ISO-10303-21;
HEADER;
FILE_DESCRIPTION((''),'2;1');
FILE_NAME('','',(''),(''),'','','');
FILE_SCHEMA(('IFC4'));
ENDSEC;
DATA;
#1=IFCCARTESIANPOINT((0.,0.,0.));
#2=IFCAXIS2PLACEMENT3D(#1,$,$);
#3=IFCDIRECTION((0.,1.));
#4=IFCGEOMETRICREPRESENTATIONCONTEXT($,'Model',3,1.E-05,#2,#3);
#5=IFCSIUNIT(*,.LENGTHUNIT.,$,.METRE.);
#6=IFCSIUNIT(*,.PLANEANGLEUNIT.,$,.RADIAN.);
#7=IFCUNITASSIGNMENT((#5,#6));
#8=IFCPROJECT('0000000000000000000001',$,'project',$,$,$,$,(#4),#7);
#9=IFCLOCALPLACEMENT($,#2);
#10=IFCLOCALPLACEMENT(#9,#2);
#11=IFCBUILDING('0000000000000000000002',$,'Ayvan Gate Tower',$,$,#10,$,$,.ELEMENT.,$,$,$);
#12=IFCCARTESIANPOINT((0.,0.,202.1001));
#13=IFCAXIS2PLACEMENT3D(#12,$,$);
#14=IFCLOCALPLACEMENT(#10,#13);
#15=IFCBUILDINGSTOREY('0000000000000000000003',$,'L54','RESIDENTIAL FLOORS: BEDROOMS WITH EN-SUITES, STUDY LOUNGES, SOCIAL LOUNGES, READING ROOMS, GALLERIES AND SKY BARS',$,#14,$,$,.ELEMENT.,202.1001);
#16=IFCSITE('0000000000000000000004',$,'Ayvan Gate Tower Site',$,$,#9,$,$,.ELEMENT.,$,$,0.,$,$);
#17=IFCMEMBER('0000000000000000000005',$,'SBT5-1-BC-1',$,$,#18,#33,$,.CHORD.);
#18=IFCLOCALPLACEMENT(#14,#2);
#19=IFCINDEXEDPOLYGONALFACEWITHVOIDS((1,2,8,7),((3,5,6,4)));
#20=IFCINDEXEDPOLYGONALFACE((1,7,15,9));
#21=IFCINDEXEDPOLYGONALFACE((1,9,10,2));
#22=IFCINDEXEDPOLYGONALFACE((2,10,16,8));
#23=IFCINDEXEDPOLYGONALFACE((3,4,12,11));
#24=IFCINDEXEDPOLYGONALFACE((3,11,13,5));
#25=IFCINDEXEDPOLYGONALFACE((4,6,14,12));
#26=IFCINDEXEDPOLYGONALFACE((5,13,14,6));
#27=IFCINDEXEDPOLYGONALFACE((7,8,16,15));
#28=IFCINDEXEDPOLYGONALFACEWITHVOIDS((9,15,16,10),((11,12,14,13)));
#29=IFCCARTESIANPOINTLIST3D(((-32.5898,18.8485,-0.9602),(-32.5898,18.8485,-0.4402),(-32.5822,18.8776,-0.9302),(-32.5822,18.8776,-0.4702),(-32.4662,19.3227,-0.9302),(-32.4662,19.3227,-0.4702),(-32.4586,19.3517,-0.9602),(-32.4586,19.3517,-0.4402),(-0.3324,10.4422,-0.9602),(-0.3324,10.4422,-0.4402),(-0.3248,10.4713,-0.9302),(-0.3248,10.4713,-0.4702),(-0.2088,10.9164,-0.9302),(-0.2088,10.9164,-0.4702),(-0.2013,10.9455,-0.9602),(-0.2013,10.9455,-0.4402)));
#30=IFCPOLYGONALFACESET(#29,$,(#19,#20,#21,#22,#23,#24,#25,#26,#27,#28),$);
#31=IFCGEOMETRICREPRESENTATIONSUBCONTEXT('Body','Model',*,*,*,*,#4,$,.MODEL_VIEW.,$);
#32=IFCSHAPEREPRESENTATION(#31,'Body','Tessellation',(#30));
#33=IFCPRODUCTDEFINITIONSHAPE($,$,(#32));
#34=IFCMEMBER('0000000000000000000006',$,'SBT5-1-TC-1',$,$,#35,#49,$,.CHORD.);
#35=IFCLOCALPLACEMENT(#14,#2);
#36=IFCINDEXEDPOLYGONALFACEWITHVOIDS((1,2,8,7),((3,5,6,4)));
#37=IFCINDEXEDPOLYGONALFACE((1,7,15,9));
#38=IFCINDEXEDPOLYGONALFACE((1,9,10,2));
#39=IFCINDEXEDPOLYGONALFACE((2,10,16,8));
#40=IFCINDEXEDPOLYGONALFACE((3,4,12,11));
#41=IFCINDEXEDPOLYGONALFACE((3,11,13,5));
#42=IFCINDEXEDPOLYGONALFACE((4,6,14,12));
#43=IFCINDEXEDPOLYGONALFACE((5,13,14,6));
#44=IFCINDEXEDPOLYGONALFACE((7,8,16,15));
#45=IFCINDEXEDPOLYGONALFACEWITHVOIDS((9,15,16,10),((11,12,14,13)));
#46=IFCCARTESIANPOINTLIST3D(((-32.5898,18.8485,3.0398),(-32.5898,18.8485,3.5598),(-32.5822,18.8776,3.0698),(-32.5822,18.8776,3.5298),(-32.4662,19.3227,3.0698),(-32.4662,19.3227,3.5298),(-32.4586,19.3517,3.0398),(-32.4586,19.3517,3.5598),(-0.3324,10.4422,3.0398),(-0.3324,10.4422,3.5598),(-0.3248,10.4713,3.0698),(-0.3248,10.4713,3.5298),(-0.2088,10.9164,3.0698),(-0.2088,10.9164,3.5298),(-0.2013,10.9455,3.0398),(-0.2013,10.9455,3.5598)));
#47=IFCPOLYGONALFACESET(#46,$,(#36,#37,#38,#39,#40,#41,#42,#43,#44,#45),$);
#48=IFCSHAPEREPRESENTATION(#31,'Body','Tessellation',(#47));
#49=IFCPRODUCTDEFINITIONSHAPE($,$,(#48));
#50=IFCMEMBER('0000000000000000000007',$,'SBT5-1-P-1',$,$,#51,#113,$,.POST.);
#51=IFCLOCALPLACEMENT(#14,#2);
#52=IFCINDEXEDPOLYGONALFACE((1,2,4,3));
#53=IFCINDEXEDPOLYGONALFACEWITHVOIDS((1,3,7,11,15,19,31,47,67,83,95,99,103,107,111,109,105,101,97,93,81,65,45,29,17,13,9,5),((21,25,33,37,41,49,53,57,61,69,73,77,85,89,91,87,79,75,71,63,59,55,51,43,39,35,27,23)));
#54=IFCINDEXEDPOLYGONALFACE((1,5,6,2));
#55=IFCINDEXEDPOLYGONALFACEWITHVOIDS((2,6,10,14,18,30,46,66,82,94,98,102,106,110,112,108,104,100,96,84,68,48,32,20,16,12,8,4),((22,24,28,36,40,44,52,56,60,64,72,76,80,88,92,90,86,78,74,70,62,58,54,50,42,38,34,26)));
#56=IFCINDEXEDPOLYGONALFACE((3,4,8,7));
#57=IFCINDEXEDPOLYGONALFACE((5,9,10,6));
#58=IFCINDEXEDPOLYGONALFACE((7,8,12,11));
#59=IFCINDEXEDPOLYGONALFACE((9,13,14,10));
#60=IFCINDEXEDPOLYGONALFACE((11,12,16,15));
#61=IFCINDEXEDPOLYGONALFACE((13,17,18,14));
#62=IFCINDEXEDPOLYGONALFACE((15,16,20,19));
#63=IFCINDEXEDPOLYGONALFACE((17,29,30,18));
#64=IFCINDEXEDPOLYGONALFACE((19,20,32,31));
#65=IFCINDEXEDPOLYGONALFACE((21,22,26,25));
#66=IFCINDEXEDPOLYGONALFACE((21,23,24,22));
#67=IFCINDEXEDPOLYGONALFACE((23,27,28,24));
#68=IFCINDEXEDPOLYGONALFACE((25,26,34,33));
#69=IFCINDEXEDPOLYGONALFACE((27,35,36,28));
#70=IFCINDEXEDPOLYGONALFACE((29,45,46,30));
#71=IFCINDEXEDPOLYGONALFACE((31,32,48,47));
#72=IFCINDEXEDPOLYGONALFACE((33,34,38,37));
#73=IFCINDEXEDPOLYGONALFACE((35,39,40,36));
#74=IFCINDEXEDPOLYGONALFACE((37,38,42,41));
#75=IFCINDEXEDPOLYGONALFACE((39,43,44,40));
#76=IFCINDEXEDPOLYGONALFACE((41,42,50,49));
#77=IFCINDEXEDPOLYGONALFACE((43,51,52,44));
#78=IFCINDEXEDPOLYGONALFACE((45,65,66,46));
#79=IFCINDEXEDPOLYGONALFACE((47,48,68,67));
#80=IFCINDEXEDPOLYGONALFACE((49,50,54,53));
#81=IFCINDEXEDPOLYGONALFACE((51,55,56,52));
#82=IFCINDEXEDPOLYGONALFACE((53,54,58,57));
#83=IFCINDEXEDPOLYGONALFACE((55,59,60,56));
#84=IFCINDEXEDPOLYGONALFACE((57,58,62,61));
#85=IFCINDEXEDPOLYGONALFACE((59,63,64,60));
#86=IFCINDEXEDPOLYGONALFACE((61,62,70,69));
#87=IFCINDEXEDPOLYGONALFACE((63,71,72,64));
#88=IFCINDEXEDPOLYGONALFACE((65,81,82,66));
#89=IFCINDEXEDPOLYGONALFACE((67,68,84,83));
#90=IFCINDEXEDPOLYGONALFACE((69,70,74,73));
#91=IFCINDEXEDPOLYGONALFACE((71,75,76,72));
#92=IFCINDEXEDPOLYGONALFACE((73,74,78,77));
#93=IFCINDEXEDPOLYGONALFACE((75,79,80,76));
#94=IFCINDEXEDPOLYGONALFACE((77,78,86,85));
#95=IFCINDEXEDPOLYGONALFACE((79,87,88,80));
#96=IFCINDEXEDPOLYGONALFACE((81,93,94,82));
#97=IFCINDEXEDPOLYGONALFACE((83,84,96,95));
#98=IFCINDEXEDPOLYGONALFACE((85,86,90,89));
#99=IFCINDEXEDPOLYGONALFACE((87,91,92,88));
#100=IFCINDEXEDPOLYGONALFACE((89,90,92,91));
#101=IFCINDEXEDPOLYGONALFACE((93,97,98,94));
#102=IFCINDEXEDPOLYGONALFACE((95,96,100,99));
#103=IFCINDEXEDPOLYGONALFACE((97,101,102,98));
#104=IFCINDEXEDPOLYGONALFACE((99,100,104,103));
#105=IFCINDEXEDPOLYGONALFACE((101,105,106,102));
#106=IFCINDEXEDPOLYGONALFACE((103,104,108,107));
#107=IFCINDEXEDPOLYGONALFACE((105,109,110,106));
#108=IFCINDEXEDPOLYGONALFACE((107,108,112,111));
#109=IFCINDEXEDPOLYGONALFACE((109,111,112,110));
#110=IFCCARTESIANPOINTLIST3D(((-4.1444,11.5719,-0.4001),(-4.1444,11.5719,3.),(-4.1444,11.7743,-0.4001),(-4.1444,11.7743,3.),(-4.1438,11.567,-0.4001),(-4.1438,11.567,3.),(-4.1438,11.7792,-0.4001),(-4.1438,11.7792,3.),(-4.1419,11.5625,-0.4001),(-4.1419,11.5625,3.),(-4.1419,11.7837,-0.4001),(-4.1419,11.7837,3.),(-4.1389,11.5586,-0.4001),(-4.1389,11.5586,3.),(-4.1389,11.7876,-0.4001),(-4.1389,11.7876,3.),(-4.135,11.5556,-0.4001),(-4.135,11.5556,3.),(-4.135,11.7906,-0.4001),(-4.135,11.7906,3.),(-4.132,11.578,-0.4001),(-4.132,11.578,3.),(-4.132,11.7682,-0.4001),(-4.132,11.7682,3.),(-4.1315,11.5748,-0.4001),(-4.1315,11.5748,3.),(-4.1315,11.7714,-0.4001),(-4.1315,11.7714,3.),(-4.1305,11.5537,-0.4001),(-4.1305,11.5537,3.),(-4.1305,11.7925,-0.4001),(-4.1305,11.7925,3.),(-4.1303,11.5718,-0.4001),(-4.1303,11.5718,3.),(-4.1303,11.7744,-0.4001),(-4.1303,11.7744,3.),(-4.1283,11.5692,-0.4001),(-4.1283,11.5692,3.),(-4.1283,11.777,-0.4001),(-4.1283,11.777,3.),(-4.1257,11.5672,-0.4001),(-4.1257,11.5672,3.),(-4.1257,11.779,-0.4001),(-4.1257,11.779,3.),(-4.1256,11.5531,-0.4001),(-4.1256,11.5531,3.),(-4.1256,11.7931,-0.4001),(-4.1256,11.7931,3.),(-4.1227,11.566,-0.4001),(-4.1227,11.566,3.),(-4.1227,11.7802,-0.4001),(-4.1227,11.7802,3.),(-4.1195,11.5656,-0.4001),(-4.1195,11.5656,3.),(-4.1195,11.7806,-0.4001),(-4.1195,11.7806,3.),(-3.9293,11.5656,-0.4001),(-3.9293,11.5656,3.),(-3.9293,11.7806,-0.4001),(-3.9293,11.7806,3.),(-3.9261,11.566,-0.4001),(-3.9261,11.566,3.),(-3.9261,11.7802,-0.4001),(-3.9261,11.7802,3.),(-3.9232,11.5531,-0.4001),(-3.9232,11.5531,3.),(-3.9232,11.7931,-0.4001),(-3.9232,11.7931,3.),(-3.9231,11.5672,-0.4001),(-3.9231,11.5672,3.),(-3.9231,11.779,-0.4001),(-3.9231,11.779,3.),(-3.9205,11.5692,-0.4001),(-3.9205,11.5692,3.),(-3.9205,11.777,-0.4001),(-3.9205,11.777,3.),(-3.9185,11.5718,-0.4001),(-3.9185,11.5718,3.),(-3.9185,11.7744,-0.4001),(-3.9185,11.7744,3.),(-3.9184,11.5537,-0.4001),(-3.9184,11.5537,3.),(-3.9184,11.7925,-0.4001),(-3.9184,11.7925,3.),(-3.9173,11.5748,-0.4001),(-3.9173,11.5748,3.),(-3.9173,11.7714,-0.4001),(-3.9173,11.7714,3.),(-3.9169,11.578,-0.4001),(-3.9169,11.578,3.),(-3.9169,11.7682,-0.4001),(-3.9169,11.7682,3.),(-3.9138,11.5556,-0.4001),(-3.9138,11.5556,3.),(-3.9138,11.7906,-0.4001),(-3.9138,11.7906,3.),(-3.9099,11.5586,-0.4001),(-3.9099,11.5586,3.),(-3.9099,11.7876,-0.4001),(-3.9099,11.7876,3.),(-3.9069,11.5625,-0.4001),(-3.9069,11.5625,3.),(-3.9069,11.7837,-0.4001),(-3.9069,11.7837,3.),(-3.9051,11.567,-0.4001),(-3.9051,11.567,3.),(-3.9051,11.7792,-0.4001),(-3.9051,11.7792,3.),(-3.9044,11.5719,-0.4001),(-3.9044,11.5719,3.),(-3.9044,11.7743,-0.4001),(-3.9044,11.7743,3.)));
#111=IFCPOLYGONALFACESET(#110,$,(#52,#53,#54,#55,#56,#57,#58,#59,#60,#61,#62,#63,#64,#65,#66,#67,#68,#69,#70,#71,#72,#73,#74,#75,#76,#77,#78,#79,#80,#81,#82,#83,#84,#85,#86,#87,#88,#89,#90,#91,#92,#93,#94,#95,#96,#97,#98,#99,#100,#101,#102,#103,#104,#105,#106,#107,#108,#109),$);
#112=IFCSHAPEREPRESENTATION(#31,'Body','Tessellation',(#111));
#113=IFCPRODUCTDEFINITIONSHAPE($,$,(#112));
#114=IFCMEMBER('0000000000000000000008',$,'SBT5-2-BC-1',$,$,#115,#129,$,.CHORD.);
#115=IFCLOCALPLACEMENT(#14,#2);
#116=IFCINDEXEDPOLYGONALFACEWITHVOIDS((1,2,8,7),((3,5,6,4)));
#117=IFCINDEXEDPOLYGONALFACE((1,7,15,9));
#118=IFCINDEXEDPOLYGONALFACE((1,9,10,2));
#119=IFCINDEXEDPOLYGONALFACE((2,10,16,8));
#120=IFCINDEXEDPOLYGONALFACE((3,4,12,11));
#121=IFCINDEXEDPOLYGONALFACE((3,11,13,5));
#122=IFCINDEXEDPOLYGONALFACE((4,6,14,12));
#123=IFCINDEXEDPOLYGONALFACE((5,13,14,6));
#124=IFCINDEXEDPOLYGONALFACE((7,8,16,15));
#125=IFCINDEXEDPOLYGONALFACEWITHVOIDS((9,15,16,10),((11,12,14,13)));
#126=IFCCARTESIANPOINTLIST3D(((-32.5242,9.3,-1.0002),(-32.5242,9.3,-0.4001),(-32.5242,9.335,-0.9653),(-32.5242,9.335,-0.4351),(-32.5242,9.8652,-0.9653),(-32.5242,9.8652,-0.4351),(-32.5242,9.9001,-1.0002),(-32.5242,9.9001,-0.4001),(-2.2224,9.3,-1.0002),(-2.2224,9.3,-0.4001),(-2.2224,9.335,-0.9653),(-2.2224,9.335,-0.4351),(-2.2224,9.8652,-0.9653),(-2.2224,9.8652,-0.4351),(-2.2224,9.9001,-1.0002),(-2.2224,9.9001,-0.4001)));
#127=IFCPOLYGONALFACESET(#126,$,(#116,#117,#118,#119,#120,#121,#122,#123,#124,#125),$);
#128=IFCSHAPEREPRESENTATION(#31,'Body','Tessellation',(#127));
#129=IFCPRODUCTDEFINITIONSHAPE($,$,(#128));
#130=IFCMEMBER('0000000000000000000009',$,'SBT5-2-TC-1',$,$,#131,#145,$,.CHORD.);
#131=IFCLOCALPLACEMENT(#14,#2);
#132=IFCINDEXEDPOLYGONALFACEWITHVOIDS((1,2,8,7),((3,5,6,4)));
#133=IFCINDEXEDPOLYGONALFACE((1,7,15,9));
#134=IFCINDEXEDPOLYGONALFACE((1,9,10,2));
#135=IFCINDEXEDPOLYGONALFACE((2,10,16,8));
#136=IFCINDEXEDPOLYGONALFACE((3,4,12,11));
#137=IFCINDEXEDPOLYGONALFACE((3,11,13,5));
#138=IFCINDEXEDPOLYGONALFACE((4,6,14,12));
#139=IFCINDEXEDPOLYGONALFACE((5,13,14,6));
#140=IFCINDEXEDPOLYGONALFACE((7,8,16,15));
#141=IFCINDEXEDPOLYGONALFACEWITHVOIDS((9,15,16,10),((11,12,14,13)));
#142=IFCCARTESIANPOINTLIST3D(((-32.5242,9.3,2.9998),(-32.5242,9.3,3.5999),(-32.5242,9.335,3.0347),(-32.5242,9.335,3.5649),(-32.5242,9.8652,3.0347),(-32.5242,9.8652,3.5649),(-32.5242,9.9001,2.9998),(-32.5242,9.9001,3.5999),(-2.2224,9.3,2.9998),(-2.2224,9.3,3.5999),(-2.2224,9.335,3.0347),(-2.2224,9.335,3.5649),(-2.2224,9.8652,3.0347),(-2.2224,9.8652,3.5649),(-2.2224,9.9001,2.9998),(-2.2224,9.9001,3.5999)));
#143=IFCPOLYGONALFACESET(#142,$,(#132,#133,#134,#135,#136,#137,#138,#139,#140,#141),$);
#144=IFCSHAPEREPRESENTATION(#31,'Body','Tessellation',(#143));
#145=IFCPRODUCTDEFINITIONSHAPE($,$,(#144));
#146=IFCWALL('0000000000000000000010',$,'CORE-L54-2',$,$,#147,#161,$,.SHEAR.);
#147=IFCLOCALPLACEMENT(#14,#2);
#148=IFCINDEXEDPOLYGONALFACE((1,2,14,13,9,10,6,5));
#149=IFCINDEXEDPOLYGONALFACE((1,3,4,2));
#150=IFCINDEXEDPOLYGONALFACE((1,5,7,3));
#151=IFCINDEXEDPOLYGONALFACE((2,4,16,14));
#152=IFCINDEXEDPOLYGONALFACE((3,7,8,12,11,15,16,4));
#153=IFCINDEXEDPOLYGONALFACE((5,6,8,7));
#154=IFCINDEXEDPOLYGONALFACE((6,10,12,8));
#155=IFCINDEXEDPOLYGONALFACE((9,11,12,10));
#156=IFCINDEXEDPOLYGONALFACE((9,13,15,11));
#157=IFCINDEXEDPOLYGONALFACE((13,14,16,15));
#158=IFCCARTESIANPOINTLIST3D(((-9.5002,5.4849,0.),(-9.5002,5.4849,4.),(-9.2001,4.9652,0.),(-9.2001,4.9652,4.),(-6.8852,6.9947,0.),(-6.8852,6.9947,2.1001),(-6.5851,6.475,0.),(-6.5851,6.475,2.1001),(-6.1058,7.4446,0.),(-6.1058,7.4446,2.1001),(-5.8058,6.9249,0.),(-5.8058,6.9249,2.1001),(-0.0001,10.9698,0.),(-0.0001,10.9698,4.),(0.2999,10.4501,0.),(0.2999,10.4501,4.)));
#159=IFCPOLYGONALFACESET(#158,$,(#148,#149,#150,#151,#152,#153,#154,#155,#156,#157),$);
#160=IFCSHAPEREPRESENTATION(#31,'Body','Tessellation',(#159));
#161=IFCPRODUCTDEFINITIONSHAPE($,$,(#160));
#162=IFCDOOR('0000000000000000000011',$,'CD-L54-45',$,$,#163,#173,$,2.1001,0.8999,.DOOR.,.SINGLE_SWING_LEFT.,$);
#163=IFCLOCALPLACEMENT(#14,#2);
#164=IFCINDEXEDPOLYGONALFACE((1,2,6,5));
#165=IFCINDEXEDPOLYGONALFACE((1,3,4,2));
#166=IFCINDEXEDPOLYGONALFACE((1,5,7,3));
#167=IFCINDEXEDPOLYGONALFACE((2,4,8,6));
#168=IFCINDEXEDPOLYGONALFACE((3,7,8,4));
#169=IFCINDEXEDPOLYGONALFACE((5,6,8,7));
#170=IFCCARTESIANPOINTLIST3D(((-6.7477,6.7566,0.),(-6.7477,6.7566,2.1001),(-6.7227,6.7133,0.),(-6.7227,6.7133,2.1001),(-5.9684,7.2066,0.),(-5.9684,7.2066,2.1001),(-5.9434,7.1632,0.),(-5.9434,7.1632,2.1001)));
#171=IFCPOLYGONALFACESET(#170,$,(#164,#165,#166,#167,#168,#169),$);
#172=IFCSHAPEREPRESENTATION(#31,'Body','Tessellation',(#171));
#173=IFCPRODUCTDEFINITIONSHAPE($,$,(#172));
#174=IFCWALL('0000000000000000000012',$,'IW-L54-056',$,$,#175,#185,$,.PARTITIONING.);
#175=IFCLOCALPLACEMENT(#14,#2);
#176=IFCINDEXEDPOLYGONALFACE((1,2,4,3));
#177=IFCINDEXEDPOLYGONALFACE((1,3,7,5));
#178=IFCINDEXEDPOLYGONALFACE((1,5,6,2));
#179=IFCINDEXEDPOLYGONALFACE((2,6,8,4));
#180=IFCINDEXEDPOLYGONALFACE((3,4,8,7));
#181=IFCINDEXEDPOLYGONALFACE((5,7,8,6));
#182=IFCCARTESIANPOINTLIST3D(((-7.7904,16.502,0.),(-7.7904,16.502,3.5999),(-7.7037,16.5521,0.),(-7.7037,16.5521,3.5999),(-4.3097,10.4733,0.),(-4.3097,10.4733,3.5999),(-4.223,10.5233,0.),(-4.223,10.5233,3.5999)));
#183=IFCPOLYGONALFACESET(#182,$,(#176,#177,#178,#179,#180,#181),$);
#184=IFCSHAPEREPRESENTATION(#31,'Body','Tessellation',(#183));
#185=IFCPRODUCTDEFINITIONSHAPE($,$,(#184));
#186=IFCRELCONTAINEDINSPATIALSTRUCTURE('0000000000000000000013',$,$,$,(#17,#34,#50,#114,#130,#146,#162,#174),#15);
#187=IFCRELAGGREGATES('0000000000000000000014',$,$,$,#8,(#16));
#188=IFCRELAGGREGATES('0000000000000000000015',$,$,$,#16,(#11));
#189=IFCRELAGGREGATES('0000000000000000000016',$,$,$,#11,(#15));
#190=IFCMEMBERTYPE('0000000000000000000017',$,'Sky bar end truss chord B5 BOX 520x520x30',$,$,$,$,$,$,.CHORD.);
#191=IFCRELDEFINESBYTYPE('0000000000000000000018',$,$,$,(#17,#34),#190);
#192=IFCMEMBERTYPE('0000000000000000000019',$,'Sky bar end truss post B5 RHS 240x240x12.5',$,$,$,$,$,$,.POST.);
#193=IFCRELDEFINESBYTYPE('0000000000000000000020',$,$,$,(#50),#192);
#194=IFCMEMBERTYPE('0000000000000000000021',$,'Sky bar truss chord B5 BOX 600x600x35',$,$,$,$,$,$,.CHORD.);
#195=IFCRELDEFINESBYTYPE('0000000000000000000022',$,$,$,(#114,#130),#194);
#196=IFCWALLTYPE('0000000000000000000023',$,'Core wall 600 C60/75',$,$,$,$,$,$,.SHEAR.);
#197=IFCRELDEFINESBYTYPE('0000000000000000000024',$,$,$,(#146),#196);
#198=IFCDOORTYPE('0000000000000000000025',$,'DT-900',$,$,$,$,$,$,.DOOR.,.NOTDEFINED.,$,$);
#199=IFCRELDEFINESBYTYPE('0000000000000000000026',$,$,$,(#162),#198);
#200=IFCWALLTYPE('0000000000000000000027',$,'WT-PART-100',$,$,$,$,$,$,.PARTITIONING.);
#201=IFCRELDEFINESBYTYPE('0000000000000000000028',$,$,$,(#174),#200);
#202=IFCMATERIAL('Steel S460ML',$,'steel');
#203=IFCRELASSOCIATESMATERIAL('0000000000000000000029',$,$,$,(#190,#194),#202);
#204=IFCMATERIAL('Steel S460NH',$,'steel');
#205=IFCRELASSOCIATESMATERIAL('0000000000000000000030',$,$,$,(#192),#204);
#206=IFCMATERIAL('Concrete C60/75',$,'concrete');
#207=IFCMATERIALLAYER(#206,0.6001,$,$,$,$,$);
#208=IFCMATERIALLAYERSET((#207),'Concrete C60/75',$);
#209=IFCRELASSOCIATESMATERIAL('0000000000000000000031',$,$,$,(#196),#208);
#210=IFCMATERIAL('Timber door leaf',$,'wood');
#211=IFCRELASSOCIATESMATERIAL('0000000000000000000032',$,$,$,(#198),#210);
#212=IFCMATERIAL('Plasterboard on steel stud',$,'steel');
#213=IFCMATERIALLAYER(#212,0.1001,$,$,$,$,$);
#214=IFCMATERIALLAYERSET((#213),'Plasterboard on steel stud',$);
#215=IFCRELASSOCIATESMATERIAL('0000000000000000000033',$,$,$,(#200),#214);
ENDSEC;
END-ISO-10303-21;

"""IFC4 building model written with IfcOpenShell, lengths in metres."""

from ifc_helpers import new_model, si_unit, direction, frame, frame_2d, origin, origin_2d, place, context, subcontext, project, spatial, rectangle, hollow_rectangle, extrude, material, layer, layer_set, material_profile, profile_set, type_object, element, fill, save


model = new_model("IFC4")

# Units and contexts
model_context = context("Model", 3, precision=1e-05, world=origin(), true_north=direction((0.0, 1.0)))
body_context = subcontext(model_context, "Body", "Model", "MODEL_VIEW")
ifc_project = project(units=[si_unit("LENGTHUNIT", "METRE"), si_unit("PLANEANGLEUNIT", "RADIAN")], contexts=[model_context])

# Site, building, storey
site_placement = place(None, origin())
site = spatial("IfcSite", under=ifc_project, at=site_placement, Name="Ayvan Gate Tower Site", CompositionType="ELEMENT", RefElevation=0.0)
building_placement = place(site_placement, origin())
building = spatial("IfcBuilding", under=site, at=building_placement, Name="Ayvan Gate Tower", CompositionType="ELEMENT")
storey_placement = place(building_placement, frame((0.0, 0.0, 202.1001)))
storey = spatial("IfcBuildingStorey", under=building, at=storey_placement, Name="L54", Description="RESIDENTIAL FLOORS: BEDROOMS WITH EN-SUITES, STUDY LOUNGES, SOCIAL LOUNGES, READING ROOMS, GALLERIES AND SKY BARS", CompositionType="ELEMENT", Elevation=202.1001)

# Members
ifc_material_1 = material(Name="Steel S460ML", Category="steel")
ifc_material_profile_1 = material_profile(ifc_material_1, hollow_rectangle(XDim=0.52, YDim=0.52, WallThickness=0.03, at=origin_2d()), Name="BOX 520x520x30")
ifc_profile_set_1 = profile_set([ifc_material_profile_1], Name="Steel S460ML")
member_type_1 = type_object("IfcMemberType", Name="Sky bar end truss chord B5 BOX 520x520x30", PredefinedType="CHORD", material=ifc_profile_set_1)
for number, where, z_axis, x_axis, name in (
    (1, (-0.2668, 10.6938, -0.7002), (-0.967681, 0.252177, 0.0), (-0.252177, -0.967681, 0.0), "SBT5-1-BC-1"),
    (2, (-0.2668, 10.6938, 3.2998), (-0.967681, 0.252177, 0.0), (-0.252177, -0.967681, 0.0), "SBT5-1-TC-1"),
):
    element("IfcMember", number, at=place(storey_placement, frame(where, z_axis=z_axis, x_axis=x_axis)), inside=storey, type_object=member_type_1, Name=name, PredefinedType="CHORD", context=body_context, shape_type="SweptSolid", body=[
        extrude(hollow_rectangle(XDim=0.52, YDim=0.52, WallThickness=0.03, at=origin_2d()), origin(), (0.0, 0.0, 1.0), 33.3347),
    ])
ifc_material_2 = material(Name="Steel S460NH", Category="steel")
ifc_material_profile_2 = material_profile(ifc_material_2, hollow_rectangle(XDim=0.24, YDim=0.24, WallThickness=0.0125, InnerFilletRadius=0.0125, OuterFilletRadius=0.0188, at=origin_2d()), Name="RHS 240x240x12.5")
ifc_profile_set_2 = profile_set([ifc_material_profile_2], Name="Steel S460NH")
member_type_2 = type_object("IfcMemberType", Name="Sky bar end truss post B5 RHS 240x240x12.5", PredefinedType="POST", material=ifc_profile_set_2)
member_placement = place(storey_placement, frame((-4.0244, 11.6731, -0.4001), z_axis=(0.0, 0.0, 1.0), x_axis=(1.0, 0.0, 0.0)))
element("IfcMember", 3, at=member_placement, inside=storey, type_object=member_type_2, Name="SBT5-1-P-1", PredefinedType="POST", context=body_context, shape_type="SweptSolid", body=[
    extrude(hollow_rectangle(XDim=0.24, YDim=0.24, WallThickness=0.0125, InnerFilletRadius=0.0125, OuterFilletRadius=0.0188, at=origin_2d()), origin(), (0.0, 0.0, 1.0), 3.4001),
])
ifc_material_profile_3 = material_profile(ifc_material_1, hollow_rectangle(XDim=0.6001, YDim=0.6001, WallThickness=0.0349, at=origin_2d()), Name="BOX 600x600x35")
ifc_profile_set_3 = profile_set([ifc_material_profile_3], Name="Steel S460ML")
member_type_3 = type_object("IfcMemberType", Name="Sky bar truss chord B5 BOX 600x600x35", PredefinedType="CHORD", material=ifc_profile_set_3)
for number, where, z_axis, x_axis, name in (
    (4, (-2.2224, 9.6001, -0.7002), (-1.0, 0.0, 0.0), (0.0, -1.0, 0.0), "SBT5-2-BC-1"),
    (5, (-2.2224, 9.6001, 3.2998), (-1.0, 0.0, 0.0), (0.0, -1.0, 0.0), "SBT5-2-TC-1"),
):
    element("IfcMember", number, at=place(storey_placement, frame(where, z_axis=z_axis, x_axis=x_axis)), inside=storey, type_object=member_type_3, Name=name, PredefinedType="CHORD", context=body_context, shape_type="SweptSolid", body=[
        extrude(hollow_rectangle(XDim=0.6001, YDim=0.6001, WallThickness=0.0349, at=origin_2d()), origin(), (0.0, 0.0, 1.0), 30.3018),
    ])

# Wall, opening, door
ifc_material_3 = material(Name="Concrete C60/75", Category="concrete")
ifc_layer_1 = layer(ifc_material_3, 0.6001)
ifc_layer_set_1 = layer_set([ifc_layer_1], Name="Concrete C60/75")
wall_type_1 = type_object("IfcWallType", Name="Core wall 600 C60/75", PredefinedType="SHEAR", material=ifc_layer_set_1)
wall_1_placement = place(storey_placement, frame((0.1499, 10.71, 0.0), z_axis=(0.0, 0.0, 1.0), x_axis=(-0.866024, -0.500002, 0.0)))
wall_1 = element("IfcWall", 6, at=wall_1_placement, inside=storey, type_object=wall_type_1, Name="CORE-L54-2", PredefinedType="SHEAR", context=body_context, shape_type="SweptSolid", body=[
    extrude(rectangle(XDim=10.9697, YDim=0.6001, at=frame_2d((5.4849, 0.0))), origin(), (0.0, 0.0, 1.0), 4.0),
])
opening_1_placement = place(wall_1_placement, frame((7.0503, 0.0, 0.0)))
opening_1 = element("IfcOpeningElement", 7, at=opening_1_placement, cuts=wall_1, PredefinedType="OPENING", context=body_context, shape_type="SweptSolid", body=[
    extrude(rectangle(XDim=0.8999, YDim=2.1001, at=frame_2d((0.45, 1.05))), frame((0.0, 0.3101, 0.0), z_axis=(0.0, -1.0, 0.0), x_axis=(1.0, 0.0, 0.0)), (0.0, 0.0, 1.0), 0.6201),
])
ifc_material_4 = material(Name="Timber door leaf", Category="wood")
door_type_1 = type_object("IfcDoorType", Name="DT-900", OperationType="NOTDEFINED", PredefinedType="DOOR", material=ifc_material_4)
door_1_placement = place(opening_1_placement, origin())
door_1 = element("IfcDoor", 8, at=door_1_placement, inside=storey, type_object=door_type_1, Name="CD-L54-45", OperationType="SINGLE_SWING_LEFT", OverallHeight=2.1001, OverallWidth=0.8999, PredefinedType="DOOR", context=body_context, shape_type="SweptSolid", body=[
    extrude(rectangle(XDim=0.8999, YDim=2.1001, at=frame_2d((0.45, 1.05))), frame((0.0, 0.0249, 0.0), z_axis=(0.0, -1.0, 0.0), x_axis=(1.0, 0.0, 0.0)), (0.0, 0.0, 1.0), 0.05),
])
fill(opening_1, door_1)

# Wall
ifc_material_5 = material(Name="Plasterboard on steel stud", Category="steel")
ifc_layer_2 = layer(ifc_material_5, 0.1001)
ifc_layer_set_2 = layer_set([ifc_layer_2], Name="Plasterboard on steel stud")
wall_type_2 = type_object("IfcWallType", Name="WT-PART-100", PredefinedType="PARTITIONING", material=ifc_layer_set_2)
wall_2_placement = place(storey_placement, frame((-4.2664, 10.4983, 0.0), z_axis=(0.0, 0.0, 1.0), x_axis=(-0.499998, 0.866027, 0.0)))
element("IfcWall", 9, at=wall_2_placement, inside=storey, type_object=wall_type_2, Name="IW-L54-056", PredefinedType="PARTITIONING", context=body_context, shape_type="SweptSolid", body=[
    extrude(rectangle(XDim=6.9614, YDim=0.1001, at=frame_2d((3.4807, 0.0))), origin(), (0.0, 0.0, 1.0), 3.5999),
])

save(model, "model.ifc")
